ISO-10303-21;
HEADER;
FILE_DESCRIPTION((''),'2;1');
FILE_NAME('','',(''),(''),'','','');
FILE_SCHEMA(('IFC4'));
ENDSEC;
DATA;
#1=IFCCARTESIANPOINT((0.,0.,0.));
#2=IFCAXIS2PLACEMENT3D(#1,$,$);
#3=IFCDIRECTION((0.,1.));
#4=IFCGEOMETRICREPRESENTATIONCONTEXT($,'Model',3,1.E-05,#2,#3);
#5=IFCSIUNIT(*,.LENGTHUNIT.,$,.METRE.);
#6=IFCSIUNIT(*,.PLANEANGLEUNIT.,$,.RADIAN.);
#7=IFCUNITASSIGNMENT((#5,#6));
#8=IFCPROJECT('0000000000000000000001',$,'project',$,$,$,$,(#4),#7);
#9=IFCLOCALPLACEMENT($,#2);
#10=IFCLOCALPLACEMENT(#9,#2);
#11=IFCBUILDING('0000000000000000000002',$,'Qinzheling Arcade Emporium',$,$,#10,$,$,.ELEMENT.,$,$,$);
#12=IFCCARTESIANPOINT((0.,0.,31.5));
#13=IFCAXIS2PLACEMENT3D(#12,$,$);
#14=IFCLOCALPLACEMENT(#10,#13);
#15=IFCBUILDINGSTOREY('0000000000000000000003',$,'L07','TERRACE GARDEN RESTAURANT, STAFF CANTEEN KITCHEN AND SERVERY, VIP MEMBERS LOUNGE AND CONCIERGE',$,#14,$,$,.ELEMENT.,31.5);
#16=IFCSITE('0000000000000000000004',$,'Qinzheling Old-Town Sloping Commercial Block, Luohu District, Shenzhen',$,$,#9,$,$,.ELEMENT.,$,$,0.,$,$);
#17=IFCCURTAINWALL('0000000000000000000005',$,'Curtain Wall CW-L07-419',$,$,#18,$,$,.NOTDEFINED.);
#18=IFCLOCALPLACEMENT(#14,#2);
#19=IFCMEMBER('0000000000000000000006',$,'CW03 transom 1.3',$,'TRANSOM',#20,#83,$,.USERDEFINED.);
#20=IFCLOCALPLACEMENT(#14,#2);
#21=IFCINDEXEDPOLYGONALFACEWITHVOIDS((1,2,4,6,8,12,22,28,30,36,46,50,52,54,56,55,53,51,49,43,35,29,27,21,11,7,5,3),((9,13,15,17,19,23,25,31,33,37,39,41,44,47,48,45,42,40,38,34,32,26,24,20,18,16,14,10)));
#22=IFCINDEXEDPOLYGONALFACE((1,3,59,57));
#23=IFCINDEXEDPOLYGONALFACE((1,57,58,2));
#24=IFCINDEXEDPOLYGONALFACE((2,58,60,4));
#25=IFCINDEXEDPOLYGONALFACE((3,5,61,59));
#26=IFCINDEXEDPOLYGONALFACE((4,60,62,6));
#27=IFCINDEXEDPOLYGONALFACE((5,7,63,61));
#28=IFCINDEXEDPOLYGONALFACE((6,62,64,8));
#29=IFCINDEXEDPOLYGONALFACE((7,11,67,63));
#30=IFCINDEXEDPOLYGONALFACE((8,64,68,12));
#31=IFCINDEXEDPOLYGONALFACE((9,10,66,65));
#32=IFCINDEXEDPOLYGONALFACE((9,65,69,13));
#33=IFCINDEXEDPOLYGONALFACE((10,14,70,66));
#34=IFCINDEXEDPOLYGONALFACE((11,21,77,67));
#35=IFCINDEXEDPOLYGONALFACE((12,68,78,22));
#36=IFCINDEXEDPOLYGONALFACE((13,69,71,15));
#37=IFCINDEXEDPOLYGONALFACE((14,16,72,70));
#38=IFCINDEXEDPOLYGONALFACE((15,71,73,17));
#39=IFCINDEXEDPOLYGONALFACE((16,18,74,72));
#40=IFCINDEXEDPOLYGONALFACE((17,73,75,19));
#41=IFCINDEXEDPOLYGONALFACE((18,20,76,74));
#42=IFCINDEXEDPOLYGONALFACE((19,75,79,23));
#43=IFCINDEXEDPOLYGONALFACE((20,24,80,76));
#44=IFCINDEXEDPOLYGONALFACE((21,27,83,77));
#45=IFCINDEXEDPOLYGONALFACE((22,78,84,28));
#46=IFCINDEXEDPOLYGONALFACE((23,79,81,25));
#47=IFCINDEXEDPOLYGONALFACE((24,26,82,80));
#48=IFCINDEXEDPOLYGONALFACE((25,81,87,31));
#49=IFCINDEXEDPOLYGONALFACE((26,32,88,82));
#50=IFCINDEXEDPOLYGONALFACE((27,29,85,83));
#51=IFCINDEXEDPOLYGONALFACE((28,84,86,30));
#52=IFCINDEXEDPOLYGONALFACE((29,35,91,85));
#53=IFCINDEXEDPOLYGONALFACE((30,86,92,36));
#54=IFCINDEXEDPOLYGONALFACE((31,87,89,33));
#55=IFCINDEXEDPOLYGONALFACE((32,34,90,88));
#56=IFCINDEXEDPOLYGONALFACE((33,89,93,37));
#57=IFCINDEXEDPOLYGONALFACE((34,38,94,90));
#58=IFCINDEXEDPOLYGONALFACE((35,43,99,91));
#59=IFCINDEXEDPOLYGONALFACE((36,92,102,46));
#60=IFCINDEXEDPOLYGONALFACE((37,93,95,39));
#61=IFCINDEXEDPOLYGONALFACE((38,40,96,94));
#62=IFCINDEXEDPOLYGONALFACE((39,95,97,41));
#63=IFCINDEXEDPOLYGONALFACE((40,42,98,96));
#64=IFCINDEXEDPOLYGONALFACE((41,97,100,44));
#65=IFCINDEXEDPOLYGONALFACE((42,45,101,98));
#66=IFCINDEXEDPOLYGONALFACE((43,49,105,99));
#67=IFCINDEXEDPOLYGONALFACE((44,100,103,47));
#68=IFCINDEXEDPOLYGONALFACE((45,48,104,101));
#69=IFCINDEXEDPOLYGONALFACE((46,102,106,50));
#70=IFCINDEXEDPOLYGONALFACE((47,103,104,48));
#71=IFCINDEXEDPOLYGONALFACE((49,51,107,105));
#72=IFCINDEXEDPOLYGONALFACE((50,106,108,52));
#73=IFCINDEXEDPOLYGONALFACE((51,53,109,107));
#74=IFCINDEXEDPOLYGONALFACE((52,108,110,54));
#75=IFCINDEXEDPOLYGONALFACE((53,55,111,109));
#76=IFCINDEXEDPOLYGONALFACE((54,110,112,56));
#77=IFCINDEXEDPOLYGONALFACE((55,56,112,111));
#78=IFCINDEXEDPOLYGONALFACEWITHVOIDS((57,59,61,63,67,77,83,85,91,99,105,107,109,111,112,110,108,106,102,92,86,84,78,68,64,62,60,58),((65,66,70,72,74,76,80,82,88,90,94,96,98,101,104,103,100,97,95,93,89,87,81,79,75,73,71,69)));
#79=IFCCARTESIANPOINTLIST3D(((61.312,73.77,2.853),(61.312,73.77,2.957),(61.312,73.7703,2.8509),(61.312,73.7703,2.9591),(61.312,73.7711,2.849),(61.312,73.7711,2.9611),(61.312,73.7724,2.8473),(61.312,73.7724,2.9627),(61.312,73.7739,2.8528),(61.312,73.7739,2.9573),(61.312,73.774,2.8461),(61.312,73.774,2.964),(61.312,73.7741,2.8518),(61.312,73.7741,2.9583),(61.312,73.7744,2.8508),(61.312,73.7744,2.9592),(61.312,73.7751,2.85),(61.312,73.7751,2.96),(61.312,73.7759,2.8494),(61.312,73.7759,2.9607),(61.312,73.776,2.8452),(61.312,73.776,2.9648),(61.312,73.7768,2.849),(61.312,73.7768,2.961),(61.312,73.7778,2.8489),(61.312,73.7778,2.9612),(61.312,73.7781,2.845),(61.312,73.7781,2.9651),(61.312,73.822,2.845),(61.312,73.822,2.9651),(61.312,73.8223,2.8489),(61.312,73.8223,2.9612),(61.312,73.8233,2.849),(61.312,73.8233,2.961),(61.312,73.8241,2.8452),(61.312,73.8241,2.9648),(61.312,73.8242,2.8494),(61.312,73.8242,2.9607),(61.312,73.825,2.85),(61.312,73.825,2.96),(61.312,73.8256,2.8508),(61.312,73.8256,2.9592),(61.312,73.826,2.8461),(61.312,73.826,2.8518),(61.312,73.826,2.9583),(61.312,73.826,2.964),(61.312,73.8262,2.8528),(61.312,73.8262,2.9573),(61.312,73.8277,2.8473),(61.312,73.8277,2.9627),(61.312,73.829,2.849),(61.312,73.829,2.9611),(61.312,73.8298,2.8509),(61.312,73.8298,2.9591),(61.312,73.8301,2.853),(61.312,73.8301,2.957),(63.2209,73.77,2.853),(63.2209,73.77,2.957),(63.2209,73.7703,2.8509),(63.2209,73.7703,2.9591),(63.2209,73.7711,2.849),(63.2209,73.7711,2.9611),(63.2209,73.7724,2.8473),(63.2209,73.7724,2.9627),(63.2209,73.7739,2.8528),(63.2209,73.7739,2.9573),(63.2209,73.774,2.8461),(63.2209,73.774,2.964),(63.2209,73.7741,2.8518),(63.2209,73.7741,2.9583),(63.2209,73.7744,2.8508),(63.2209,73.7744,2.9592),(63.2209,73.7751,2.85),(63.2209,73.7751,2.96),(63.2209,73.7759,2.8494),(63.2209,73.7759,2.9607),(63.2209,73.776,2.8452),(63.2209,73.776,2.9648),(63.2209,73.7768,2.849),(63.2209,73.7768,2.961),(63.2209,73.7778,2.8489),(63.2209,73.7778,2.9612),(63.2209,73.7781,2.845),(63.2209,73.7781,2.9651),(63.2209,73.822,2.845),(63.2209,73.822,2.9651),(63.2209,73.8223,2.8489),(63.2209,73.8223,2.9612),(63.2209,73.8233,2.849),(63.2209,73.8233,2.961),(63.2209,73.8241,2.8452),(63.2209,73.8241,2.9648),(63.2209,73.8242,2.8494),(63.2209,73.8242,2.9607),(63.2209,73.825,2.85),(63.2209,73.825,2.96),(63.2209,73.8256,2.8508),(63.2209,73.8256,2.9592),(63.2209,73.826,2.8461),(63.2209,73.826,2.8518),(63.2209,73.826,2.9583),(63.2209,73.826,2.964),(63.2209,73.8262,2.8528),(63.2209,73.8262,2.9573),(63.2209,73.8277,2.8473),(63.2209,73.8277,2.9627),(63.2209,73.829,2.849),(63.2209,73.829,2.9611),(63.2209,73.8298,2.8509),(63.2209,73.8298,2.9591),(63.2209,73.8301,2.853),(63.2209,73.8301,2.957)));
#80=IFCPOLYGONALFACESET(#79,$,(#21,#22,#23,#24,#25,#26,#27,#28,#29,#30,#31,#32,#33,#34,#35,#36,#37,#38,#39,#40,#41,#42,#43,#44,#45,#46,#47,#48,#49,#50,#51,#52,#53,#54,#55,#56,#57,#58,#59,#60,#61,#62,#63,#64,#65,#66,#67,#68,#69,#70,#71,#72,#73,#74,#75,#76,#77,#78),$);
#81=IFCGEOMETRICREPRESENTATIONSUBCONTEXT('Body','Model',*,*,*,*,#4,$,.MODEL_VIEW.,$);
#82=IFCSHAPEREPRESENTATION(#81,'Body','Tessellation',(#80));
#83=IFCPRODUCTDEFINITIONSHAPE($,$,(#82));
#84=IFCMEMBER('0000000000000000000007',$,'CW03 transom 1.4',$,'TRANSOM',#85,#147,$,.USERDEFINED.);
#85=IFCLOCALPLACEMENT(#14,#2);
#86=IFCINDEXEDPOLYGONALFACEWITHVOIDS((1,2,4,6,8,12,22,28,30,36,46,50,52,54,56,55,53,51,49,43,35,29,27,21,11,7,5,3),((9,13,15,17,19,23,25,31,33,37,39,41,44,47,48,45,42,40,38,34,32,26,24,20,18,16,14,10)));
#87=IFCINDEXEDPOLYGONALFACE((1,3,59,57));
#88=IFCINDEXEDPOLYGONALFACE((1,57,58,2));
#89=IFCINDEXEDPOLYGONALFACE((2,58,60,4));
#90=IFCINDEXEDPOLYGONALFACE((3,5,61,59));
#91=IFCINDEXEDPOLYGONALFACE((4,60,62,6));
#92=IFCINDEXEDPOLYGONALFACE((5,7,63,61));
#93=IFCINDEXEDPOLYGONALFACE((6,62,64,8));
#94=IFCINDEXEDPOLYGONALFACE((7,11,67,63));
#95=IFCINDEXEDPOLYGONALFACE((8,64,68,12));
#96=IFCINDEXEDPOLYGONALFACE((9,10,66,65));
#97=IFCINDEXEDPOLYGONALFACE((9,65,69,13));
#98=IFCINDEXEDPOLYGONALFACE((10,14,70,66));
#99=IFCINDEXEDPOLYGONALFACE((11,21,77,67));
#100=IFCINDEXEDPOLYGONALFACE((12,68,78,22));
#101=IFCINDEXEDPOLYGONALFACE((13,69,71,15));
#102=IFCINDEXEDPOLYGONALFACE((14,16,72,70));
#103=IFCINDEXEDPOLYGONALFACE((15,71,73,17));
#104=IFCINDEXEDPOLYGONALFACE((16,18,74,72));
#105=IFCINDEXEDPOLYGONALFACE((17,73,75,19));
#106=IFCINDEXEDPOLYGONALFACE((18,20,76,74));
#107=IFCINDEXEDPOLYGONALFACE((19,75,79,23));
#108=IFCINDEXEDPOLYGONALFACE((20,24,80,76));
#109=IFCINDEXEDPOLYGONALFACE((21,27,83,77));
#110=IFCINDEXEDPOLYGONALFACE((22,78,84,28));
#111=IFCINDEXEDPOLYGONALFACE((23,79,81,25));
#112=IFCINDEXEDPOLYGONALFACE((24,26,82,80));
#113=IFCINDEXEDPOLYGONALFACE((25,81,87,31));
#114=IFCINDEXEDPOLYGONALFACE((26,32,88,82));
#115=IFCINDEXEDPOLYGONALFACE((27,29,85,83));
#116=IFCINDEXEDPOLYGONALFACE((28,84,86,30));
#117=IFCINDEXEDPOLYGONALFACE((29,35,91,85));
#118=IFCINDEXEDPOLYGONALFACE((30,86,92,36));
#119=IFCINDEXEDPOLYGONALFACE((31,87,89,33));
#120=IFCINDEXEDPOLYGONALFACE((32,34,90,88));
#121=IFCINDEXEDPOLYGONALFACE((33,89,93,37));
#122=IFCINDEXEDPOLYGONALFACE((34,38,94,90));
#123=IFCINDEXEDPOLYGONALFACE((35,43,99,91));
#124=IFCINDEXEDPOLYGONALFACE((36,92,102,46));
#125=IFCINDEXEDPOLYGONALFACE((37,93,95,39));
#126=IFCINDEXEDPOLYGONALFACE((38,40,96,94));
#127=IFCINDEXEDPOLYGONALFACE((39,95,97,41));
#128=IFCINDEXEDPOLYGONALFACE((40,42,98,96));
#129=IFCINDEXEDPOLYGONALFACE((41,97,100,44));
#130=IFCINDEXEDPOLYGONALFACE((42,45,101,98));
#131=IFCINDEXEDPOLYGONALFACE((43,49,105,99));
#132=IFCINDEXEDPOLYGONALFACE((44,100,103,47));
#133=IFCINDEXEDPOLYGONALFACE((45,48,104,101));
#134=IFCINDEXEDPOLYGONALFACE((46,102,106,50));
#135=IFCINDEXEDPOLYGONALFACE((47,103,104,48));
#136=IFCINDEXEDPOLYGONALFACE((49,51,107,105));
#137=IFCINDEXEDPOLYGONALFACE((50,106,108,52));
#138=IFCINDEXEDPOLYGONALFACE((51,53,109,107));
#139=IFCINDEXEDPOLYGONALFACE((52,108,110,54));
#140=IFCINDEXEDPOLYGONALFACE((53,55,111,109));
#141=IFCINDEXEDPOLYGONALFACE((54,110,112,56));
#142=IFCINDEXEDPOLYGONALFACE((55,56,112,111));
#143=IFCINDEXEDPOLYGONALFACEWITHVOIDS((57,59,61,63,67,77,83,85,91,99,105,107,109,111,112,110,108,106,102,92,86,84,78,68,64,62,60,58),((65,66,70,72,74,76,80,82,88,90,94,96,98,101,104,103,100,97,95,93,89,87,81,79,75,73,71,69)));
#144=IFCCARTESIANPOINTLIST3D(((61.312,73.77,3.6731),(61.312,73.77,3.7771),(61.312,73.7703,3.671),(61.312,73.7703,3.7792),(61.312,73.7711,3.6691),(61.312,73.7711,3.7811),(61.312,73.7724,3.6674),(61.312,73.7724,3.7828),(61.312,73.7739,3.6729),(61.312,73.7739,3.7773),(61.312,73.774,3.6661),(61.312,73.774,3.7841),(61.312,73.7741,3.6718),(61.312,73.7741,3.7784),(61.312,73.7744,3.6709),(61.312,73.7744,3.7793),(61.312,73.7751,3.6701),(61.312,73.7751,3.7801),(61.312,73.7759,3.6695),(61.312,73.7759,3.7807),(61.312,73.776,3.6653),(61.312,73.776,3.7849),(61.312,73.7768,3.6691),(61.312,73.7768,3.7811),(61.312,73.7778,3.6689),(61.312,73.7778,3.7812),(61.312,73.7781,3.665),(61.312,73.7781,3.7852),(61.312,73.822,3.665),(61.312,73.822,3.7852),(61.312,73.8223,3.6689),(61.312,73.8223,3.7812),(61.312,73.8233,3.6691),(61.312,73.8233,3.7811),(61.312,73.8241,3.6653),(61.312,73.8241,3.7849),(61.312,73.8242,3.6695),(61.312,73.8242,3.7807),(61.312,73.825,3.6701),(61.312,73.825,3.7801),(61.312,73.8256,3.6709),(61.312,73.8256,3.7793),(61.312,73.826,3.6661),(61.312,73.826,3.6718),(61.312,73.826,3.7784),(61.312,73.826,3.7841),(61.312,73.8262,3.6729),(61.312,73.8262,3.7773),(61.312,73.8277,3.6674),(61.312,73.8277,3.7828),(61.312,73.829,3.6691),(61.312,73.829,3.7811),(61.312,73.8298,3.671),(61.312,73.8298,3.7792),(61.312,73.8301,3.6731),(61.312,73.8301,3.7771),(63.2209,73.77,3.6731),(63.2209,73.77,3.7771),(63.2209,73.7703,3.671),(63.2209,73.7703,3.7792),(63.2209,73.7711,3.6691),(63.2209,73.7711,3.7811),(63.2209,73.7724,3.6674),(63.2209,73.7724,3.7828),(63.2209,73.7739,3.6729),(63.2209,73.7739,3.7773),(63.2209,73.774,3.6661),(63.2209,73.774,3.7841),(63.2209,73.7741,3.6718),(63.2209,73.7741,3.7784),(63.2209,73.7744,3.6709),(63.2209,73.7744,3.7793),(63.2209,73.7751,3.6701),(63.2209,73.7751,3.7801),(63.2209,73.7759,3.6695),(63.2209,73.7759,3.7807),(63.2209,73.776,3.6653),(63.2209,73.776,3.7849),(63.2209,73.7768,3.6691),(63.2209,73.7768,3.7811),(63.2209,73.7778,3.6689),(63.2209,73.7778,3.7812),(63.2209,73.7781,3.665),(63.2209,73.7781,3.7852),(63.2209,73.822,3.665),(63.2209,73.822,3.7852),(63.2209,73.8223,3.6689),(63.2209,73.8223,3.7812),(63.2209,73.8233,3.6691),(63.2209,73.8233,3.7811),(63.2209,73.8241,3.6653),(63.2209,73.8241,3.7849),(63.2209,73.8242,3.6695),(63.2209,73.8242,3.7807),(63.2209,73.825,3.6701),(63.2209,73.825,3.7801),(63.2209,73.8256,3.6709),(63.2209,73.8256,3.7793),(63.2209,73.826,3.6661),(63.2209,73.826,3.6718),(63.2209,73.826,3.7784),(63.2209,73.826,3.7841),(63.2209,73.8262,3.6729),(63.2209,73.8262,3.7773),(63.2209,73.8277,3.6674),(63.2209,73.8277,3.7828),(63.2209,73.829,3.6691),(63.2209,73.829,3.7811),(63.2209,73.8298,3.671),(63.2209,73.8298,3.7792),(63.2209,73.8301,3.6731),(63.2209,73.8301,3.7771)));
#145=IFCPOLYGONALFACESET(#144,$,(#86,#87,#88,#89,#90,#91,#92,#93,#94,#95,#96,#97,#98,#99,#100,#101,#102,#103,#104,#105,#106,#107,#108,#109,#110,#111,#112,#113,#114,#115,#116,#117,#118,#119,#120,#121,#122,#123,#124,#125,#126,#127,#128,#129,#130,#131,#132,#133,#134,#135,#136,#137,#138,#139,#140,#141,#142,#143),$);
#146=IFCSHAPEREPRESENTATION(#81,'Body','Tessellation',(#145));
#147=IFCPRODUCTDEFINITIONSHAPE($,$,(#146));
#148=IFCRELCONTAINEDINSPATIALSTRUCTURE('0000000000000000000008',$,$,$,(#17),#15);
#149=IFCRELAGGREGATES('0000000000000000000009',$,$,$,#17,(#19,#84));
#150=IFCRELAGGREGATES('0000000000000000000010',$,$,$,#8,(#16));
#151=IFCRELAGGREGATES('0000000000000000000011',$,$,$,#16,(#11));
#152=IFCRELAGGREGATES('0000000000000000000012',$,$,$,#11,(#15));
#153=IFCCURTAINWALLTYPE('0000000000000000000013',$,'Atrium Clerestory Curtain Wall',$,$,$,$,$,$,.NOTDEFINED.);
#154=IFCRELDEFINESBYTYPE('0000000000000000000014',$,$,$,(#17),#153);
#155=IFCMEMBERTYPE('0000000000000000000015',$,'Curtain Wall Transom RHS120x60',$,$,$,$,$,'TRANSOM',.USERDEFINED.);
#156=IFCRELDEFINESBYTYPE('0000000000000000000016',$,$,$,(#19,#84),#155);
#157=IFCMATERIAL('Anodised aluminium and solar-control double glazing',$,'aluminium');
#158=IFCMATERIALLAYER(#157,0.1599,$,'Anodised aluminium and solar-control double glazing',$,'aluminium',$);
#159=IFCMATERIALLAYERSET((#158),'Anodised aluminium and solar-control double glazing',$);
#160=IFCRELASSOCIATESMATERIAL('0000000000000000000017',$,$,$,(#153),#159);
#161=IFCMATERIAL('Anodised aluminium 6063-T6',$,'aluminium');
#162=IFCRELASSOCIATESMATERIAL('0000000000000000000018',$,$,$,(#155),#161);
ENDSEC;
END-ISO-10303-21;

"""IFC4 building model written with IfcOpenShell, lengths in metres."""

from ifc_helpers import new_model, si_unit, direction, frame, origin, origin_2d, place, context, subcontext, project, spatial, hollow_rectangle, extrude, material, layer, layer_set, material_profile, profile_set, type_object, element, aggregate, save


model = new_model("IFC4")

# Units and contexts
model_context = context("Model", 3, precision=1e-05, world=origin(), true_north=direction((0.0, 1.0)))
body_context = subcontext(model_context, "Body", "Model", "MODEL_VIEW")
ifc_project = project(units=[si_unit("LENGTHUNIT", "METRE"), si_unit("PLANEANGLEUNIT", "RADIAN")], contexts=[model_context])

# Site, building, storey
site_placement = place(None, origin())
site = spatial("IfcSite", under=ifc_project, at=site_placement, Name="Qinzheling Old-Town Sloping Commercial Block, Luohu District, Shenzhen", CompositionType="ELEMENT", RefElevation=0.0)
building_placement = place(site_placement, origin())
building = spatial("IfcBuilding", under=site, at=building_placement, Name="Qinzheling Arcade Emporium", CompositionType="ELEMENT")
storey_placement = place(building_placement, frame((0.0, 0.0, 31.5)))
storey = spatial("IfcBuildingStorey", under=building, at=storey_placement, Name="L07", Description="TERRACE GARDEN RESTAURANT, STAFF CANTEEN KITCHEN AND SERVERY, VIP MEMBERS LOUNGE AND CONCIERGE", CompositionType="ELEMENT", Elevation=31.5)

# Curtain wall
ifc_material_1 = material(Name="Anodised aluminium and solar-control double glazing", Category="aluminium")
ifc_layer_1 = layer(ifc_material_1, 0.1599, Name="Anodised aluminium and solar-control double glazing", Category="aluminium")
ifc_layer_set_1 = layer_set([ifc_layer_1], Name="Anodised aluminium and solar-control double glazing")
curtain_wall_type = type_object("IfcCurtainWallType", Name="Atrium Clerestory Curtain Wall", PredefinedType="NOTDEFINED", material=ifc_layer_set_1)
ifc_material_2 = material(Name="Anodised aluminium 6063-T6", Category="aluminium")
curtain_wall_1_placement = place(storey_placement, origin())
curtain_wall_1 = element("IfcCurtainWall", 1, at=curtain_wall_1_placement, inside=storey, type_object=curtain_wall_type, Name="Curtain Wall CW-L07-419", PredefinedType="NOTDEFINED")

# Members
ifc_material_profile_1 = material_profile(ifc_material_2, hollow_rectangle(XDim=0.0601, YDim=0.1201, WallThickness=0.0039, InnerFilletRadius=0.0039, OuterFilletRadius=0.0081, at=origin_2d()), Name="RHS 120x60x4", Category="aluminium")
ifc_profile_set_1 = profile_set([ifc_material_profile_1], Name="Anodised aluminium 6063-T6")
member_type_1 = type_object("IfcMemberType", Name="Curtain Wall Transom RHS120x60", ElementType="TRANSOM", PredefinedType="USERDEFINED", material=ifc_profile_set_1)
member_1_placement = place(storey_placement, frame((61.312, 73.8, 2.905), z_axis=(1.0, 0.0, 0.0), x_axis=(0.0, 1.0, 0.0)))
member_1 = element("IfcMember", 2, at=member_1_placement, type_object=member_type_1, Name="CW03 transom 1.3", ObjectType="TRANSOM", PredefinedType="USERDEFINED", context=body_context, shape_type="SweptSolid", body=[
    extrude(hollow_rectangle(XDim=0.0601, YDim=0.1201, WallThickness=0.0039, InnerFilletRadius=0.0039, OuterFilletRadius=0.0081, at=origin_2d()), origin(), (0.0, 0.0, 1.0), 1.9089),
])
member_2_placement = place(storey_placement, frame((61.312, 73.8, 3.7251), z_axis=(1.0, 0.0, 0.0), x_axis=(0.0, 1.0, 0.0)))
member_2 = element("IfcMember", 3, at=member_2_placement, type_object=member_type_1, Name="CW03 transom 1.4", ObjectType="TRANSOM", PredefinedType="USERDEFINED", context=body_context, shape_type="SweptSolid", body=[
    extrude(hollow_rectangle(XDim=0.0601, YDim=0.1201, WallThickness=0.0039, InnerFilletRadius=0.0039, OuterFilletRadius=0.0081, at=origin_2d()), origin(), (0.0, 0.0, 1.0), 1.9089),
])

aggregate(curtain_wall_1, [member_1, member_2])

save(model, "model.ifc")
